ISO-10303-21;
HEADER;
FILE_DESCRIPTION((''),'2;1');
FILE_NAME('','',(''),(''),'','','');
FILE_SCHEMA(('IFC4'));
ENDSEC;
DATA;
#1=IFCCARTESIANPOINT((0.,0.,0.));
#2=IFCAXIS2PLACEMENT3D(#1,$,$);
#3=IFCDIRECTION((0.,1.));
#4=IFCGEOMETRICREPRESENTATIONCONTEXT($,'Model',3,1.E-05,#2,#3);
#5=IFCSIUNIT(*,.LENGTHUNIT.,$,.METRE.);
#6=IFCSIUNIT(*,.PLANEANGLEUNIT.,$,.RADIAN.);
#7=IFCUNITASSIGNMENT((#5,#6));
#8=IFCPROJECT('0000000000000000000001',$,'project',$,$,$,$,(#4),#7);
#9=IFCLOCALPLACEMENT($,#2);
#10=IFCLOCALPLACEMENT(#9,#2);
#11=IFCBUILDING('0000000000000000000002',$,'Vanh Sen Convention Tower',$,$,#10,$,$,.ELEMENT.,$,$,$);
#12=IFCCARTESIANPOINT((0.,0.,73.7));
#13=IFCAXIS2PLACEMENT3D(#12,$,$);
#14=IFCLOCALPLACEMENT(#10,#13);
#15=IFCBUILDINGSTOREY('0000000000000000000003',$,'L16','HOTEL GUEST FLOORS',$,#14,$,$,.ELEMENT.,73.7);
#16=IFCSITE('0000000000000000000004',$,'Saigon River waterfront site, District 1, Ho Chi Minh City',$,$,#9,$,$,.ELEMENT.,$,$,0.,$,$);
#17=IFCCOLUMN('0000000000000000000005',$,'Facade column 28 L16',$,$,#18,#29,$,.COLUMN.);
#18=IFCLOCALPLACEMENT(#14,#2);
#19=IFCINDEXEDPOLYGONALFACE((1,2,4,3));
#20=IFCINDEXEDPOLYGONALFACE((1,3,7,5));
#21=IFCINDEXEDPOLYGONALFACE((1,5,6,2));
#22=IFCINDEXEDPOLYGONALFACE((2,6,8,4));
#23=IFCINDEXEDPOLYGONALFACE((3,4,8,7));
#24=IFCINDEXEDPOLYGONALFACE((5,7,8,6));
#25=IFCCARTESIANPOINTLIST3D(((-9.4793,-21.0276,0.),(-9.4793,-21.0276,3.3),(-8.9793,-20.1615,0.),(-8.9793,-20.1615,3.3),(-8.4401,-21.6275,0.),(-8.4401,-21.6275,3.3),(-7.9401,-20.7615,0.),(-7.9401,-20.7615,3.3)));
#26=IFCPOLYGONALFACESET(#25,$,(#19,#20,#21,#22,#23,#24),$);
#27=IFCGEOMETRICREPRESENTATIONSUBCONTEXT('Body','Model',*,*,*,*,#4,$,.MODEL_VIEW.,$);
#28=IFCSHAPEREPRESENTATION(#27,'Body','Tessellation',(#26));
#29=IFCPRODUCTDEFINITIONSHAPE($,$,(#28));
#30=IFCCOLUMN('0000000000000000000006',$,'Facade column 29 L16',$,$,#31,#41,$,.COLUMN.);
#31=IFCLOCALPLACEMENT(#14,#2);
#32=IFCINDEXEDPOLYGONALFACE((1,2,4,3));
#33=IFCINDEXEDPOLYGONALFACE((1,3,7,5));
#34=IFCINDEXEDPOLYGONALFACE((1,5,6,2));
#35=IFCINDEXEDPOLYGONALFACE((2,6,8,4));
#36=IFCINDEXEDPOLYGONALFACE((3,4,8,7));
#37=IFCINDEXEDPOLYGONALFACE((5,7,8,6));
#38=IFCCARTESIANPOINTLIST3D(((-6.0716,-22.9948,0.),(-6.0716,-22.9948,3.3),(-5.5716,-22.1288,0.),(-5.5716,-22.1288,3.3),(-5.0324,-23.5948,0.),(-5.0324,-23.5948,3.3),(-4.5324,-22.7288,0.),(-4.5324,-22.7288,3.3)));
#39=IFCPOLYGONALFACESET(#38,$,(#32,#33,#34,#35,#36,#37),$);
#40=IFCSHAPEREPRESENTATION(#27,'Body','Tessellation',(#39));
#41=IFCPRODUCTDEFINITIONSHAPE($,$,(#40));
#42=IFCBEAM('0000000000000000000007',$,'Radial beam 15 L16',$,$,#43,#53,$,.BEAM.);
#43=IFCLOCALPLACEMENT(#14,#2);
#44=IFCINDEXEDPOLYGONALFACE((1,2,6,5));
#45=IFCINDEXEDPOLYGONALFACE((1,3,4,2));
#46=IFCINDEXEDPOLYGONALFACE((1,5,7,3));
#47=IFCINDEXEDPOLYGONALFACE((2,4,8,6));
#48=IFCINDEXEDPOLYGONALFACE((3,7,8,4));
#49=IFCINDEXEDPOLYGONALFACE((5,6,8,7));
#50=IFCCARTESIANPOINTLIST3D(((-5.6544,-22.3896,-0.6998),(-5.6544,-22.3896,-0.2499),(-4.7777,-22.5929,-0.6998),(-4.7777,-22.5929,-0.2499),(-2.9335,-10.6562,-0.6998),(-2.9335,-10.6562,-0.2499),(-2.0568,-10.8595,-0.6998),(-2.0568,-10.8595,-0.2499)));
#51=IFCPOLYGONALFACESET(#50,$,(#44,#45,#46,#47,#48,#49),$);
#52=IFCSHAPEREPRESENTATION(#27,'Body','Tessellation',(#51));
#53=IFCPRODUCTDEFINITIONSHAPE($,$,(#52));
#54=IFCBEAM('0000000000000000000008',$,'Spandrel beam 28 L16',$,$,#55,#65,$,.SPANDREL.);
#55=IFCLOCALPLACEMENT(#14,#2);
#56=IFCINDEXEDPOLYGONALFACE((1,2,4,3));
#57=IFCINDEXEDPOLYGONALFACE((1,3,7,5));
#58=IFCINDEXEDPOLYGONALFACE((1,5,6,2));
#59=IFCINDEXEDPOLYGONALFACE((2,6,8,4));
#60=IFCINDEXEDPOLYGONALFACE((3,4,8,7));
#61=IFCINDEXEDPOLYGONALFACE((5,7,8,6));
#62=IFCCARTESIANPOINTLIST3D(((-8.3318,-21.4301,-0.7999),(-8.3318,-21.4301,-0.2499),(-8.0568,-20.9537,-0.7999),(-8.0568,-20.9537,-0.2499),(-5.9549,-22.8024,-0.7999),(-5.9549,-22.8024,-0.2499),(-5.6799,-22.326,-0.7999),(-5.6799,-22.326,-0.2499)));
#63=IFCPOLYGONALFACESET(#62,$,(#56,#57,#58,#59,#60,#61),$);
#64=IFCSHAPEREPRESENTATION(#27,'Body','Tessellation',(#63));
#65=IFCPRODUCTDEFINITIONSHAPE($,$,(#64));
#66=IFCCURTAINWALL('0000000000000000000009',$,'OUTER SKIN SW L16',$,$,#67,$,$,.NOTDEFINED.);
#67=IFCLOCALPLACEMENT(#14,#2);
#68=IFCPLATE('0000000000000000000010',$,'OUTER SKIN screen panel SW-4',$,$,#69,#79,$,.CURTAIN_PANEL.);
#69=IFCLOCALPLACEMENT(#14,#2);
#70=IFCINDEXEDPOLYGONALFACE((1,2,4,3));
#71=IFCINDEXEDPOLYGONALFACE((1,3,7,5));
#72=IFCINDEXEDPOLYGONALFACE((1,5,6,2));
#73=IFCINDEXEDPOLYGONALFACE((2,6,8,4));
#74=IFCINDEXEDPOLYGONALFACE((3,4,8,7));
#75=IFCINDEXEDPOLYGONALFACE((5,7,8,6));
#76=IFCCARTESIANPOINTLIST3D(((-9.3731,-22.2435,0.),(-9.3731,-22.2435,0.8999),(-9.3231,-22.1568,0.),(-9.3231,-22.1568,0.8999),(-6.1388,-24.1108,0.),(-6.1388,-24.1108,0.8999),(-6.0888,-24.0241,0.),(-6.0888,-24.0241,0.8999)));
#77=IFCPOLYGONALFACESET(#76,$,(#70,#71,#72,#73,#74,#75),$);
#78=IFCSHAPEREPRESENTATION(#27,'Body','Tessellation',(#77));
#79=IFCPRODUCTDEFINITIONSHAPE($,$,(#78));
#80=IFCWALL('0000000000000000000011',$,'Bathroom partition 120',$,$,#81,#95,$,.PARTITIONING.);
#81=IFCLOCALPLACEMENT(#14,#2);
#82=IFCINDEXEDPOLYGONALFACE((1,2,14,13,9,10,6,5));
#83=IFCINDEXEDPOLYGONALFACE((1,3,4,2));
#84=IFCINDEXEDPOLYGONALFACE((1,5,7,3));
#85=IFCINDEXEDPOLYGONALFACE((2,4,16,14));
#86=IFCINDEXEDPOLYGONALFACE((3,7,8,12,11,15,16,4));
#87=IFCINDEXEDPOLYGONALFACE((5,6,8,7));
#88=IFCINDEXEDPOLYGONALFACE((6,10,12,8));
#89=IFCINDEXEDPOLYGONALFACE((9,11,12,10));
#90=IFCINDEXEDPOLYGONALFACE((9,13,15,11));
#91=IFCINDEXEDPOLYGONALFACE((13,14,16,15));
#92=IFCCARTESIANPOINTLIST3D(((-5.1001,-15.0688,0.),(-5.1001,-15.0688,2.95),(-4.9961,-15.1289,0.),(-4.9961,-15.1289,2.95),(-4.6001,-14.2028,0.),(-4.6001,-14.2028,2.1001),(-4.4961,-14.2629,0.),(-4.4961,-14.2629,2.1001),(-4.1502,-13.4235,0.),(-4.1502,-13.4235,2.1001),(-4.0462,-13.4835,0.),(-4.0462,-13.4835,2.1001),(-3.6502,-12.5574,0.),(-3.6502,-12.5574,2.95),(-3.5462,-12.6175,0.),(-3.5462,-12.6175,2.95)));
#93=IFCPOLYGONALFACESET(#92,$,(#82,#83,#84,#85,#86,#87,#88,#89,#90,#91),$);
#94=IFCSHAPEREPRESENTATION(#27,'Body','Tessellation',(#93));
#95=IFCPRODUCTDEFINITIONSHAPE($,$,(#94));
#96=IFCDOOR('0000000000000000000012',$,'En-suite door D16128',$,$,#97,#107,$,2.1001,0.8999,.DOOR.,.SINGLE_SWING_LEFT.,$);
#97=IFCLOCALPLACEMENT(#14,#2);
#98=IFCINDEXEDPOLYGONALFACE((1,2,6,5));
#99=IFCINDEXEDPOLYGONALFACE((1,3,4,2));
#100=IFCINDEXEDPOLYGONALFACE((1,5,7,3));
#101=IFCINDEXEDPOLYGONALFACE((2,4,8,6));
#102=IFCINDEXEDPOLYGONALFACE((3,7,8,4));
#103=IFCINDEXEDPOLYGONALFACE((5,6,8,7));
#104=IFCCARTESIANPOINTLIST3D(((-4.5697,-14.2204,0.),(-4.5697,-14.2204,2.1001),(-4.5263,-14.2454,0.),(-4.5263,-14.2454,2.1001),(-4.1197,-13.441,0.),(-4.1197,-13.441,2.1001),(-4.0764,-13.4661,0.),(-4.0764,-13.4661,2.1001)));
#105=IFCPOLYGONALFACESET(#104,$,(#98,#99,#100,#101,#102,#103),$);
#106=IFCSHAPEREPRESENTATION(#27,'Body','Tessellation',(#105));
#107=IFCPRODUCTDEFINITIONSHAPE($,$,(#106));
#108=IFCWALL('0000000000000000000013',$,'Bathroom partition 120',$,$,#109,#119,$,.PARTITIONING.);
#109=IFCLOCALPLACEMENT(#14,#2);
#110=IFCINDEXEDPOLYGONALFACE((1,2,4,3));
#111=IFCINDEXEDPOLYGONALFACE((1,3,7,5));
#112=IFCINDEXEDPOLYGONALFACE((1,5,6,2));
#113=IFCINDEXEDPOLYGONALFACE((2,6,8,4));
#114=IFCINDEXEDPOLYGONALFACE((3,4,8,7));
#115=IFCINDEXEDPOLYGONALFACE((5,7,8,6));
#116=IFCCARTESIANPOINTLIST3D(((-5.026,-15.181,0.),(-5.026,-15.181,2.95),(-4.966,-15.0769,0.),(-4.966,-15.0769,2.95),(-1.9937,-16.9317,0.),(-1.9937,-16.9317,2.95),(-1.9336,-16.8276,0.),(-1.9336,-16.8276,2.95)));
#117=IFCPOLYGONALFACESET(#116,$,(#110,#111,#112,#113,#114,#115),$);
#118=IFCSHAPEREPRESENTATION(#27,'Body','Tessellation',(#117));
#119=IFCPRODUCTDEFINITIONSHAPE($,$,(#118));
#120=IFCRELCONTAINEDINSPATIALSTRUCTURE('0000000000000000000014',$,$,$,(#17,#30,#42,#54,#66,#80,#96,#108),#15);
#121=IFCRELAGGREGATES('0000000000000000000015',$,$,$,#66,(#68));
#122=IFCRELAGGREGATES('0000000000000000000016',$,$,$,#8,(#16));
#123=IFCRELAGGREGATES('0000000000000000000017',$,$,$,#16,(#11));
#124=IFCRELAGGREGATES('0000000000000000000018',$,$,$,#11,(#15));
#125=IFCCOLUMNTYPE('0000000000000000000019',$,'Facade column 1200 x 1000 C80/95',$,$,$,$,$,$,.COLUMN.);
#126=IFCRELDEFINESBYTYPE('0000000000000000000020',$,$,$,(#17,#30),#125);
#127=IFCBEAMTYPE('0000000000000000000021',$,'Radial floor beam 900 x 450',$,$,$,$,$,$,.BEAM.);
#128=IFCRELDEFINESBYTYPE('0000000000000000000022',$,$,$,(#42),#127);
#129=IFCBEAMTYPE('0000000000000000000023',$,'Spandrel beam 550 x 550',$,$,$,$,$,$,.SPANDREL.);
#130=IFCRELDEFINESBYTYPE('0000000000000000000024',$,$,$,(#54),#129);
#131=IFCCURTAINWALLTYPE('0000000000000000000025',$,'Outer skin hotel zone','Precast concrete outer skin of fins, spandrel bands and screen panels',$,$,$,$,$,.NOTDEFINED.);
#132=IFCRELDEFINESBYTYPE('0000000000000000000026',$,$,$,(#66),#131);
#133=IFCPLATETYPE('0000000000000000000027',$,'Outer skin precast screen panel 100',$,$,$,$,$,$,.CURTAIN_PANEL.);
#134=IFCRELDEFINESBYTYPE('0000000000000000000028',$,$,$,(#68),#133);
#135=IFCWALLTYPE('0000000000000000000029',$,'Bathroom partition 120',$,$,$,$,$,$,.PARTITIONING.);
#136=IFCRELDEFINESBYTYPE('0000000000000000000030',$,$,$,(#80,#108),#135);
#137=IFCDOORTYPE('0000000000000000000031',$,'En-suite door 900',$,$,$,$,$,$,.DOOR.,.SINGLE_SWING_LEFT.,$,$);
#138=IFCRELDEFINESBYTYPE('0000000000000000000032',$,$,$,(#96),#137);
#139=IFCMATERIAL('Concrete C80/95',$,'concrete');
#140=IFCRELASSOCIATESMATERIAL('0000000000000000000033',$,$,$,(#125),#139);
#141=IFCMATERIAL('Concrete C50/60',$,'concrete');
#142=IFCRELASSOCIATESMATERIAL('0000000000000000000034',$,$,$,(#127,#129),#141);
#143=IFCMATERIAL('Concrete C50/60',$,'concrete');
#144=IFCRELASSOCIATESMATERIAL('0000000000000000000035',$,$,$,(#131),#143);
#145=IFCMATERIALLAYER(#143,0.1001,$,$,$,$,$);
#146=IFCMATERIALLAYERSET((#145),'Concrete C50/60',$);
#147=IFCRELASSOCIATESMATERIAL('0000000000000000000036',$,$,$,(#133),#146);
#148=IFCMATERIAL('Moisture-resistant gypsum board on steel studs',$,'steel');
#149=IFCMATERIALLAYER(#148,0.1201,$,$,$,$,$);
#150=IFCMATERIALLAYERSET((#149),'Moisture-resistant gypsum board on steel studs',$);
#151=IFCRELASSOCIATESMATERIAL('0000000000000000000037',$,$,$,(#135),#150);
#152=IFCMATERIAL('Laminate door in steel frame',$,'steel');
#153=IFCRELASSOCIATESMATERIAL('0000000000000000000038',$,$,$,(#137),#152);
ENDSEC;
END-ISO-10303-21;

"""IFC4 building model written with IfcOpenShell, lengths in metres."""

from ifc_helpers import new_model, si_unit, direction, frame, frame_2d, origin, origin_2d, place, context, subcontext, project, spatial, rectangle, extrude, material, layer, layer_set, material_profile, profile_set, type_object, element, fill, aggregate, save


model = new_model("IFC4")

# Units and contexts
model_context = context("Model", 3, precision=1e-05, world=origin(), true_north=direction((0.0, 1.0)))
body_context = subcontext(model_context, "Body", "Model", "MODEL_VIEW")
ifc_project = project(units=[si_unit("LENGTHUNIT", "METRE"), si_unit("PLANEANGLEUNIT", "RADIAN")], contexts=[model_context])

# Site, building, storey
site_placement = place(None, origin())
site = spatial("IfcSite", under=ifc_project, at=site_placement, Name="Saigon River waterfront site, District 1, Ho Chi Minh City", CompositionType="ELEMENT", RefElevation=0.0)
building_placement = place(site_placement, origin())
building = spatial("IfcBuilding", under=site, at=building_placement, Name="Vanh Sen Convention Tower", CompositionType="ELEMENT")
storey_placement = place(building_placement, frame((0.0, 0.0, 73.7)))
storey = spatial("IfcBuildingStorey", under=building, at=storey_placement, Name="L16", Description="HOTEL GUEST FLOORS", CompositionType="ELEMENT", Elevation=73.7)

# Columns
ifc_material_1 = material(Name="Concrete C80/95", Category="concrete")
ifc_material_profile_1 = material_profile(ifc_material_1, rectangle(XDim=1.2, YDim=1.0, at=origin_2d()), Name="RC 1200X1000")
ifc_profile_set_1 = profile_set([ifc_material_profile_1], Name="Concrete C80/95")
column_type = type_object("IfcColumnType", Name="Facade column 1200 x 1000 C80/95", PredefinedType="COLUMN", material=ifc_profile_set_1)
for number, where, z_axis, x_axis, name in (
    (1, (-8.7097, -20.8945, 0.0), (0.0, 0.0, 1.0), (0.866025, -0.5, 0.0), "Facade column 28 L16"),
    (2, (-5.302, -22.8618, 0.0), (0.0, 0.0, 1.0), (0.866025, -0.5, 0.0), "Facade column 29 L16"),
):
    element("IfcColumn", number, at=place(storey_placement, frame(where, z_axis=z_axis, x_axis=x_axis)), inside=storey, type_object=column_type, Name=name, PredefinedType="COLUMN", context=body_context, shape_type="SweptSolid", body=[
        extrude(rectangle(XDim=1.2, YDim=1.0, at=origin_2d()), origin(), (0.0, 0.0, 1.0), 3.3),
    ])

# Beams
ifc_material_2 = material(Name="Concrete C50/60", Category="concrete")
ifc_material_profile_2 = material_profile(ifc_material_2, rectangle(XDim=0.8999, YDim=0.45, at=origin_2d()), Name="RC 900X450")
ifc_profile_set_2 = profile_set([ifc_material_profile_2], Name="Concrete C50/60")
beam_type_1 = type_object("IfcBeamType", Name="Radial floor beam 900 x 450", PredefinedType="BEAM", material=ifc_profile_set_2)
beam_1_placement = place(storey_placement, frame((-5.2161, -22.4912, -0.4749), z_axis=(0.225903, 0.97415, 0.0), x_axis=(-0.97415, 0.225903, 0.0)))
element("IfcBeam", 3, at=beam_1_placement, inside=storey, type_object=beam_type_1, Name="Radial beam 15 L16", PredefinedType="BEAM", context=body_context, shape_type="SweptSolid", body=[
    extrude(rectangle(XDim=0.8999, YDim=0.45, at=origin_2d()), origin(), (0.0, 0.0, 1.0), 12.0447),
])
ifc_material_profile_3 = material_profile(ifc_material_2, rectangle(XDim=0.55, YDim=0.55, at=origin_2d()), Name="RC 550X550")
ifc_profile_set_3 = profile_set([ifc_material_profile_3], Name="Concrete C50/60")
beam_type_2 = type_object("IfcBeamType", Name="Spandrel beam 550 x 550", PredefinedType="SPANDREL", material=ifc_profile_set_3)
beam_2_placement = place(storey_placement, frame((-8.1943, -21.1919, -0.5249), z_axis=(0.866029, -0.499995, 0.0), x_axis=(0.499995, 0.866029, 0.0)))
element("IfcBeam", 4, at=beam_2_placement, inside=storey, type_object=beam_type_2, Name="Spandrel beam 28 L16", PredefinedType="SPANDREL", context=body_context, shape_type="SweptSolid", body=[
    extrude(rectangle(XDim=0.55, YDim=0.55, at=origin_2d()), origin(), (0.0, 0.0, 1.0), 2.7446),
])

# Curtain wall, plate
ifc_material_3 = material(Name="Concrete C50/60", Category="concrete")
curtain_wall_type = type_object("IfcCurtainWallType", Name="Outer skin hotel zone", Description="Precast concrete outer skin of fins, spandrel bands and screen panels", PredefinedType="NOTDEFINED", material=ifc_material_3)
curtain_wall_placement = place(storey_placement, origin())
curtain_wall = element("IfcCurtainWall", 5, at=curtain_wall_placement, inside=storey, type_object=curtain_wall_type, Name="OUTER SKIN SW L16", PredefinedType="NOTDEFINED")
ifc_layer_1 = layer(ifc_material_3, 0.1001)
ifc_layer_set_1 = layer_set([ifc_layer_1], Name="Concrete C50/60")
plate_type = type_object("IfcPlateType", Name="Outer skin precast screen panel 100", PredefinedType="CURTAIN_PANEL", material=ifc_layer_set_1)
plate_placement = place(storey_placement, frame((-7.731, -23.1338, 0.0), z_axis=(0.0, 0.0, 1.0), x_axis=(0.866028, -0.499995, 0.0)))
plate = element("IfcPlate", 6, at=plate_placement, type_object=plate_type, Name="OUTER SKIN screen panel SW-4", PredefinedType="CURTAIN_PANEL", context=body_context, shape_type="SweptSolid", body=[
    extrude(rectangle(XDim=3.7346, YDim=0.1001, at=origin_2d()), origin(), (0.0, 0.0, 1.0), 0.8999),
])
aggregate(curtain_wall, [plate])

# Wall, opening, door
ifc_material_4 = material(Name="Moisture-resistant gypsum board on steel studs", Category="steel")
ifc_layer_2 = layer(ifc_material_4, 0.1201)
ifc_layer_set_2 = layer_set([ifc_layer_2], Name="Moisture-resistant gypsum board on steel studs")
wall_type_1 = type_object("IfcWallType", Name="Bathroom partition 120", PredefinedType="PARTITIONING", material=ifc_layer_set_2)
wall_1_placement = place(storey_placement, frame((-5.0481, -15.0989, 0.0), z_axis=(0.0, 0.0, 1.0), x_axis=(0.499987, 0.866033, 0.0)))
wall_1 = element("IfcWall", 7, at=wall_1_placement, inside=storey, type_object=wall_type_1, Name="Bathroom partition 120", PredefinedType="PARTITIONING", context=body_context, shape_type="SweptSolid", body=[
    extrude(rectangle(XDim=2.8999, YDim=0.1201, at=frame_2d((1.45, 0.0))), origin(), (0.0, 0.0, 1.0), 2.95),
])
opening_1_placement = place(wall_1_placement, frame((1.0, 0.0, 0.0)))
opening_1 = element("IfcOpeningElement", 8, at=opening_1_placement, cuts=wall_1, PredefinedType="OPENING", context=body_context, shape_type="SweptSolid", body=[
    extrude(rectangle(XDim=0.8999, YDim=2.1001, at=frame_2d((0.45, 1.05))), frame((0.0, 0.0701, 0.0), z_axis=(0.0, -1.0, 0.0), x_axis=(1.0, 0.0, 0.0)), (0.0, 0.0, 1.0), 0.1401),
])
ifc_material_5 = material(Name="Laminate door in steel frame", Category="steel")
door_type_1 = type_object("IfcDoorType", Name="En-suite door 900", OperationType="SINGLE_SWING_LEFT", PredefinedType="DOOR", material=ifc_material_5)
door_1_placement = place(opening_1_placement, origin())
door_1 = element("IfcDoor", 9, at=door_1_placement, inside=storey, type_object=door_type_1, Name="En-suite door D16128", OperationType="SINGLE_SWING_LEFT", OverallHeight=2.1001, OverallWidth=0.8999, PredefinedType="DOOR", context=body_context, shape_type="SweptSolid", body=[
    extrude(rectangle(XDim=0.8999, YDim=2.1001, at=frame_2d((0.45, 1.05))), frame((0.0, 0.0249, 0.0), z_axis=(0.0, -1.0, 0.0), x_axis=(1.0, 0.0, 0.0)), (0.0, 0.0, 1.0), 0.05),
])
fill(opening_1, door_1)

# Wall
wall_2_placement = place(storey_placement, frame((-1.9636, -16.8796, 0.0), z_axis=(0.0, 0.0, 1.0), x_axis=(-0.866033, 0.499986, 0.0)))
element("IfcWall", 10, at=wall_2_placement, inside=storey, type_object=wall_type_1, Name="Bathroom partition 120", PredefinedType="PARTITIONING", context=body_context, shape_type="SweptSolid", body=[
    extrude(rectangle(XDim=3.5015, YDim=0.1201, at=frame_2d((1.7507, 0.0))), origin(), (0.0, 0.0, 1.0), 2.95),
])

save(model, "model.ifc")
